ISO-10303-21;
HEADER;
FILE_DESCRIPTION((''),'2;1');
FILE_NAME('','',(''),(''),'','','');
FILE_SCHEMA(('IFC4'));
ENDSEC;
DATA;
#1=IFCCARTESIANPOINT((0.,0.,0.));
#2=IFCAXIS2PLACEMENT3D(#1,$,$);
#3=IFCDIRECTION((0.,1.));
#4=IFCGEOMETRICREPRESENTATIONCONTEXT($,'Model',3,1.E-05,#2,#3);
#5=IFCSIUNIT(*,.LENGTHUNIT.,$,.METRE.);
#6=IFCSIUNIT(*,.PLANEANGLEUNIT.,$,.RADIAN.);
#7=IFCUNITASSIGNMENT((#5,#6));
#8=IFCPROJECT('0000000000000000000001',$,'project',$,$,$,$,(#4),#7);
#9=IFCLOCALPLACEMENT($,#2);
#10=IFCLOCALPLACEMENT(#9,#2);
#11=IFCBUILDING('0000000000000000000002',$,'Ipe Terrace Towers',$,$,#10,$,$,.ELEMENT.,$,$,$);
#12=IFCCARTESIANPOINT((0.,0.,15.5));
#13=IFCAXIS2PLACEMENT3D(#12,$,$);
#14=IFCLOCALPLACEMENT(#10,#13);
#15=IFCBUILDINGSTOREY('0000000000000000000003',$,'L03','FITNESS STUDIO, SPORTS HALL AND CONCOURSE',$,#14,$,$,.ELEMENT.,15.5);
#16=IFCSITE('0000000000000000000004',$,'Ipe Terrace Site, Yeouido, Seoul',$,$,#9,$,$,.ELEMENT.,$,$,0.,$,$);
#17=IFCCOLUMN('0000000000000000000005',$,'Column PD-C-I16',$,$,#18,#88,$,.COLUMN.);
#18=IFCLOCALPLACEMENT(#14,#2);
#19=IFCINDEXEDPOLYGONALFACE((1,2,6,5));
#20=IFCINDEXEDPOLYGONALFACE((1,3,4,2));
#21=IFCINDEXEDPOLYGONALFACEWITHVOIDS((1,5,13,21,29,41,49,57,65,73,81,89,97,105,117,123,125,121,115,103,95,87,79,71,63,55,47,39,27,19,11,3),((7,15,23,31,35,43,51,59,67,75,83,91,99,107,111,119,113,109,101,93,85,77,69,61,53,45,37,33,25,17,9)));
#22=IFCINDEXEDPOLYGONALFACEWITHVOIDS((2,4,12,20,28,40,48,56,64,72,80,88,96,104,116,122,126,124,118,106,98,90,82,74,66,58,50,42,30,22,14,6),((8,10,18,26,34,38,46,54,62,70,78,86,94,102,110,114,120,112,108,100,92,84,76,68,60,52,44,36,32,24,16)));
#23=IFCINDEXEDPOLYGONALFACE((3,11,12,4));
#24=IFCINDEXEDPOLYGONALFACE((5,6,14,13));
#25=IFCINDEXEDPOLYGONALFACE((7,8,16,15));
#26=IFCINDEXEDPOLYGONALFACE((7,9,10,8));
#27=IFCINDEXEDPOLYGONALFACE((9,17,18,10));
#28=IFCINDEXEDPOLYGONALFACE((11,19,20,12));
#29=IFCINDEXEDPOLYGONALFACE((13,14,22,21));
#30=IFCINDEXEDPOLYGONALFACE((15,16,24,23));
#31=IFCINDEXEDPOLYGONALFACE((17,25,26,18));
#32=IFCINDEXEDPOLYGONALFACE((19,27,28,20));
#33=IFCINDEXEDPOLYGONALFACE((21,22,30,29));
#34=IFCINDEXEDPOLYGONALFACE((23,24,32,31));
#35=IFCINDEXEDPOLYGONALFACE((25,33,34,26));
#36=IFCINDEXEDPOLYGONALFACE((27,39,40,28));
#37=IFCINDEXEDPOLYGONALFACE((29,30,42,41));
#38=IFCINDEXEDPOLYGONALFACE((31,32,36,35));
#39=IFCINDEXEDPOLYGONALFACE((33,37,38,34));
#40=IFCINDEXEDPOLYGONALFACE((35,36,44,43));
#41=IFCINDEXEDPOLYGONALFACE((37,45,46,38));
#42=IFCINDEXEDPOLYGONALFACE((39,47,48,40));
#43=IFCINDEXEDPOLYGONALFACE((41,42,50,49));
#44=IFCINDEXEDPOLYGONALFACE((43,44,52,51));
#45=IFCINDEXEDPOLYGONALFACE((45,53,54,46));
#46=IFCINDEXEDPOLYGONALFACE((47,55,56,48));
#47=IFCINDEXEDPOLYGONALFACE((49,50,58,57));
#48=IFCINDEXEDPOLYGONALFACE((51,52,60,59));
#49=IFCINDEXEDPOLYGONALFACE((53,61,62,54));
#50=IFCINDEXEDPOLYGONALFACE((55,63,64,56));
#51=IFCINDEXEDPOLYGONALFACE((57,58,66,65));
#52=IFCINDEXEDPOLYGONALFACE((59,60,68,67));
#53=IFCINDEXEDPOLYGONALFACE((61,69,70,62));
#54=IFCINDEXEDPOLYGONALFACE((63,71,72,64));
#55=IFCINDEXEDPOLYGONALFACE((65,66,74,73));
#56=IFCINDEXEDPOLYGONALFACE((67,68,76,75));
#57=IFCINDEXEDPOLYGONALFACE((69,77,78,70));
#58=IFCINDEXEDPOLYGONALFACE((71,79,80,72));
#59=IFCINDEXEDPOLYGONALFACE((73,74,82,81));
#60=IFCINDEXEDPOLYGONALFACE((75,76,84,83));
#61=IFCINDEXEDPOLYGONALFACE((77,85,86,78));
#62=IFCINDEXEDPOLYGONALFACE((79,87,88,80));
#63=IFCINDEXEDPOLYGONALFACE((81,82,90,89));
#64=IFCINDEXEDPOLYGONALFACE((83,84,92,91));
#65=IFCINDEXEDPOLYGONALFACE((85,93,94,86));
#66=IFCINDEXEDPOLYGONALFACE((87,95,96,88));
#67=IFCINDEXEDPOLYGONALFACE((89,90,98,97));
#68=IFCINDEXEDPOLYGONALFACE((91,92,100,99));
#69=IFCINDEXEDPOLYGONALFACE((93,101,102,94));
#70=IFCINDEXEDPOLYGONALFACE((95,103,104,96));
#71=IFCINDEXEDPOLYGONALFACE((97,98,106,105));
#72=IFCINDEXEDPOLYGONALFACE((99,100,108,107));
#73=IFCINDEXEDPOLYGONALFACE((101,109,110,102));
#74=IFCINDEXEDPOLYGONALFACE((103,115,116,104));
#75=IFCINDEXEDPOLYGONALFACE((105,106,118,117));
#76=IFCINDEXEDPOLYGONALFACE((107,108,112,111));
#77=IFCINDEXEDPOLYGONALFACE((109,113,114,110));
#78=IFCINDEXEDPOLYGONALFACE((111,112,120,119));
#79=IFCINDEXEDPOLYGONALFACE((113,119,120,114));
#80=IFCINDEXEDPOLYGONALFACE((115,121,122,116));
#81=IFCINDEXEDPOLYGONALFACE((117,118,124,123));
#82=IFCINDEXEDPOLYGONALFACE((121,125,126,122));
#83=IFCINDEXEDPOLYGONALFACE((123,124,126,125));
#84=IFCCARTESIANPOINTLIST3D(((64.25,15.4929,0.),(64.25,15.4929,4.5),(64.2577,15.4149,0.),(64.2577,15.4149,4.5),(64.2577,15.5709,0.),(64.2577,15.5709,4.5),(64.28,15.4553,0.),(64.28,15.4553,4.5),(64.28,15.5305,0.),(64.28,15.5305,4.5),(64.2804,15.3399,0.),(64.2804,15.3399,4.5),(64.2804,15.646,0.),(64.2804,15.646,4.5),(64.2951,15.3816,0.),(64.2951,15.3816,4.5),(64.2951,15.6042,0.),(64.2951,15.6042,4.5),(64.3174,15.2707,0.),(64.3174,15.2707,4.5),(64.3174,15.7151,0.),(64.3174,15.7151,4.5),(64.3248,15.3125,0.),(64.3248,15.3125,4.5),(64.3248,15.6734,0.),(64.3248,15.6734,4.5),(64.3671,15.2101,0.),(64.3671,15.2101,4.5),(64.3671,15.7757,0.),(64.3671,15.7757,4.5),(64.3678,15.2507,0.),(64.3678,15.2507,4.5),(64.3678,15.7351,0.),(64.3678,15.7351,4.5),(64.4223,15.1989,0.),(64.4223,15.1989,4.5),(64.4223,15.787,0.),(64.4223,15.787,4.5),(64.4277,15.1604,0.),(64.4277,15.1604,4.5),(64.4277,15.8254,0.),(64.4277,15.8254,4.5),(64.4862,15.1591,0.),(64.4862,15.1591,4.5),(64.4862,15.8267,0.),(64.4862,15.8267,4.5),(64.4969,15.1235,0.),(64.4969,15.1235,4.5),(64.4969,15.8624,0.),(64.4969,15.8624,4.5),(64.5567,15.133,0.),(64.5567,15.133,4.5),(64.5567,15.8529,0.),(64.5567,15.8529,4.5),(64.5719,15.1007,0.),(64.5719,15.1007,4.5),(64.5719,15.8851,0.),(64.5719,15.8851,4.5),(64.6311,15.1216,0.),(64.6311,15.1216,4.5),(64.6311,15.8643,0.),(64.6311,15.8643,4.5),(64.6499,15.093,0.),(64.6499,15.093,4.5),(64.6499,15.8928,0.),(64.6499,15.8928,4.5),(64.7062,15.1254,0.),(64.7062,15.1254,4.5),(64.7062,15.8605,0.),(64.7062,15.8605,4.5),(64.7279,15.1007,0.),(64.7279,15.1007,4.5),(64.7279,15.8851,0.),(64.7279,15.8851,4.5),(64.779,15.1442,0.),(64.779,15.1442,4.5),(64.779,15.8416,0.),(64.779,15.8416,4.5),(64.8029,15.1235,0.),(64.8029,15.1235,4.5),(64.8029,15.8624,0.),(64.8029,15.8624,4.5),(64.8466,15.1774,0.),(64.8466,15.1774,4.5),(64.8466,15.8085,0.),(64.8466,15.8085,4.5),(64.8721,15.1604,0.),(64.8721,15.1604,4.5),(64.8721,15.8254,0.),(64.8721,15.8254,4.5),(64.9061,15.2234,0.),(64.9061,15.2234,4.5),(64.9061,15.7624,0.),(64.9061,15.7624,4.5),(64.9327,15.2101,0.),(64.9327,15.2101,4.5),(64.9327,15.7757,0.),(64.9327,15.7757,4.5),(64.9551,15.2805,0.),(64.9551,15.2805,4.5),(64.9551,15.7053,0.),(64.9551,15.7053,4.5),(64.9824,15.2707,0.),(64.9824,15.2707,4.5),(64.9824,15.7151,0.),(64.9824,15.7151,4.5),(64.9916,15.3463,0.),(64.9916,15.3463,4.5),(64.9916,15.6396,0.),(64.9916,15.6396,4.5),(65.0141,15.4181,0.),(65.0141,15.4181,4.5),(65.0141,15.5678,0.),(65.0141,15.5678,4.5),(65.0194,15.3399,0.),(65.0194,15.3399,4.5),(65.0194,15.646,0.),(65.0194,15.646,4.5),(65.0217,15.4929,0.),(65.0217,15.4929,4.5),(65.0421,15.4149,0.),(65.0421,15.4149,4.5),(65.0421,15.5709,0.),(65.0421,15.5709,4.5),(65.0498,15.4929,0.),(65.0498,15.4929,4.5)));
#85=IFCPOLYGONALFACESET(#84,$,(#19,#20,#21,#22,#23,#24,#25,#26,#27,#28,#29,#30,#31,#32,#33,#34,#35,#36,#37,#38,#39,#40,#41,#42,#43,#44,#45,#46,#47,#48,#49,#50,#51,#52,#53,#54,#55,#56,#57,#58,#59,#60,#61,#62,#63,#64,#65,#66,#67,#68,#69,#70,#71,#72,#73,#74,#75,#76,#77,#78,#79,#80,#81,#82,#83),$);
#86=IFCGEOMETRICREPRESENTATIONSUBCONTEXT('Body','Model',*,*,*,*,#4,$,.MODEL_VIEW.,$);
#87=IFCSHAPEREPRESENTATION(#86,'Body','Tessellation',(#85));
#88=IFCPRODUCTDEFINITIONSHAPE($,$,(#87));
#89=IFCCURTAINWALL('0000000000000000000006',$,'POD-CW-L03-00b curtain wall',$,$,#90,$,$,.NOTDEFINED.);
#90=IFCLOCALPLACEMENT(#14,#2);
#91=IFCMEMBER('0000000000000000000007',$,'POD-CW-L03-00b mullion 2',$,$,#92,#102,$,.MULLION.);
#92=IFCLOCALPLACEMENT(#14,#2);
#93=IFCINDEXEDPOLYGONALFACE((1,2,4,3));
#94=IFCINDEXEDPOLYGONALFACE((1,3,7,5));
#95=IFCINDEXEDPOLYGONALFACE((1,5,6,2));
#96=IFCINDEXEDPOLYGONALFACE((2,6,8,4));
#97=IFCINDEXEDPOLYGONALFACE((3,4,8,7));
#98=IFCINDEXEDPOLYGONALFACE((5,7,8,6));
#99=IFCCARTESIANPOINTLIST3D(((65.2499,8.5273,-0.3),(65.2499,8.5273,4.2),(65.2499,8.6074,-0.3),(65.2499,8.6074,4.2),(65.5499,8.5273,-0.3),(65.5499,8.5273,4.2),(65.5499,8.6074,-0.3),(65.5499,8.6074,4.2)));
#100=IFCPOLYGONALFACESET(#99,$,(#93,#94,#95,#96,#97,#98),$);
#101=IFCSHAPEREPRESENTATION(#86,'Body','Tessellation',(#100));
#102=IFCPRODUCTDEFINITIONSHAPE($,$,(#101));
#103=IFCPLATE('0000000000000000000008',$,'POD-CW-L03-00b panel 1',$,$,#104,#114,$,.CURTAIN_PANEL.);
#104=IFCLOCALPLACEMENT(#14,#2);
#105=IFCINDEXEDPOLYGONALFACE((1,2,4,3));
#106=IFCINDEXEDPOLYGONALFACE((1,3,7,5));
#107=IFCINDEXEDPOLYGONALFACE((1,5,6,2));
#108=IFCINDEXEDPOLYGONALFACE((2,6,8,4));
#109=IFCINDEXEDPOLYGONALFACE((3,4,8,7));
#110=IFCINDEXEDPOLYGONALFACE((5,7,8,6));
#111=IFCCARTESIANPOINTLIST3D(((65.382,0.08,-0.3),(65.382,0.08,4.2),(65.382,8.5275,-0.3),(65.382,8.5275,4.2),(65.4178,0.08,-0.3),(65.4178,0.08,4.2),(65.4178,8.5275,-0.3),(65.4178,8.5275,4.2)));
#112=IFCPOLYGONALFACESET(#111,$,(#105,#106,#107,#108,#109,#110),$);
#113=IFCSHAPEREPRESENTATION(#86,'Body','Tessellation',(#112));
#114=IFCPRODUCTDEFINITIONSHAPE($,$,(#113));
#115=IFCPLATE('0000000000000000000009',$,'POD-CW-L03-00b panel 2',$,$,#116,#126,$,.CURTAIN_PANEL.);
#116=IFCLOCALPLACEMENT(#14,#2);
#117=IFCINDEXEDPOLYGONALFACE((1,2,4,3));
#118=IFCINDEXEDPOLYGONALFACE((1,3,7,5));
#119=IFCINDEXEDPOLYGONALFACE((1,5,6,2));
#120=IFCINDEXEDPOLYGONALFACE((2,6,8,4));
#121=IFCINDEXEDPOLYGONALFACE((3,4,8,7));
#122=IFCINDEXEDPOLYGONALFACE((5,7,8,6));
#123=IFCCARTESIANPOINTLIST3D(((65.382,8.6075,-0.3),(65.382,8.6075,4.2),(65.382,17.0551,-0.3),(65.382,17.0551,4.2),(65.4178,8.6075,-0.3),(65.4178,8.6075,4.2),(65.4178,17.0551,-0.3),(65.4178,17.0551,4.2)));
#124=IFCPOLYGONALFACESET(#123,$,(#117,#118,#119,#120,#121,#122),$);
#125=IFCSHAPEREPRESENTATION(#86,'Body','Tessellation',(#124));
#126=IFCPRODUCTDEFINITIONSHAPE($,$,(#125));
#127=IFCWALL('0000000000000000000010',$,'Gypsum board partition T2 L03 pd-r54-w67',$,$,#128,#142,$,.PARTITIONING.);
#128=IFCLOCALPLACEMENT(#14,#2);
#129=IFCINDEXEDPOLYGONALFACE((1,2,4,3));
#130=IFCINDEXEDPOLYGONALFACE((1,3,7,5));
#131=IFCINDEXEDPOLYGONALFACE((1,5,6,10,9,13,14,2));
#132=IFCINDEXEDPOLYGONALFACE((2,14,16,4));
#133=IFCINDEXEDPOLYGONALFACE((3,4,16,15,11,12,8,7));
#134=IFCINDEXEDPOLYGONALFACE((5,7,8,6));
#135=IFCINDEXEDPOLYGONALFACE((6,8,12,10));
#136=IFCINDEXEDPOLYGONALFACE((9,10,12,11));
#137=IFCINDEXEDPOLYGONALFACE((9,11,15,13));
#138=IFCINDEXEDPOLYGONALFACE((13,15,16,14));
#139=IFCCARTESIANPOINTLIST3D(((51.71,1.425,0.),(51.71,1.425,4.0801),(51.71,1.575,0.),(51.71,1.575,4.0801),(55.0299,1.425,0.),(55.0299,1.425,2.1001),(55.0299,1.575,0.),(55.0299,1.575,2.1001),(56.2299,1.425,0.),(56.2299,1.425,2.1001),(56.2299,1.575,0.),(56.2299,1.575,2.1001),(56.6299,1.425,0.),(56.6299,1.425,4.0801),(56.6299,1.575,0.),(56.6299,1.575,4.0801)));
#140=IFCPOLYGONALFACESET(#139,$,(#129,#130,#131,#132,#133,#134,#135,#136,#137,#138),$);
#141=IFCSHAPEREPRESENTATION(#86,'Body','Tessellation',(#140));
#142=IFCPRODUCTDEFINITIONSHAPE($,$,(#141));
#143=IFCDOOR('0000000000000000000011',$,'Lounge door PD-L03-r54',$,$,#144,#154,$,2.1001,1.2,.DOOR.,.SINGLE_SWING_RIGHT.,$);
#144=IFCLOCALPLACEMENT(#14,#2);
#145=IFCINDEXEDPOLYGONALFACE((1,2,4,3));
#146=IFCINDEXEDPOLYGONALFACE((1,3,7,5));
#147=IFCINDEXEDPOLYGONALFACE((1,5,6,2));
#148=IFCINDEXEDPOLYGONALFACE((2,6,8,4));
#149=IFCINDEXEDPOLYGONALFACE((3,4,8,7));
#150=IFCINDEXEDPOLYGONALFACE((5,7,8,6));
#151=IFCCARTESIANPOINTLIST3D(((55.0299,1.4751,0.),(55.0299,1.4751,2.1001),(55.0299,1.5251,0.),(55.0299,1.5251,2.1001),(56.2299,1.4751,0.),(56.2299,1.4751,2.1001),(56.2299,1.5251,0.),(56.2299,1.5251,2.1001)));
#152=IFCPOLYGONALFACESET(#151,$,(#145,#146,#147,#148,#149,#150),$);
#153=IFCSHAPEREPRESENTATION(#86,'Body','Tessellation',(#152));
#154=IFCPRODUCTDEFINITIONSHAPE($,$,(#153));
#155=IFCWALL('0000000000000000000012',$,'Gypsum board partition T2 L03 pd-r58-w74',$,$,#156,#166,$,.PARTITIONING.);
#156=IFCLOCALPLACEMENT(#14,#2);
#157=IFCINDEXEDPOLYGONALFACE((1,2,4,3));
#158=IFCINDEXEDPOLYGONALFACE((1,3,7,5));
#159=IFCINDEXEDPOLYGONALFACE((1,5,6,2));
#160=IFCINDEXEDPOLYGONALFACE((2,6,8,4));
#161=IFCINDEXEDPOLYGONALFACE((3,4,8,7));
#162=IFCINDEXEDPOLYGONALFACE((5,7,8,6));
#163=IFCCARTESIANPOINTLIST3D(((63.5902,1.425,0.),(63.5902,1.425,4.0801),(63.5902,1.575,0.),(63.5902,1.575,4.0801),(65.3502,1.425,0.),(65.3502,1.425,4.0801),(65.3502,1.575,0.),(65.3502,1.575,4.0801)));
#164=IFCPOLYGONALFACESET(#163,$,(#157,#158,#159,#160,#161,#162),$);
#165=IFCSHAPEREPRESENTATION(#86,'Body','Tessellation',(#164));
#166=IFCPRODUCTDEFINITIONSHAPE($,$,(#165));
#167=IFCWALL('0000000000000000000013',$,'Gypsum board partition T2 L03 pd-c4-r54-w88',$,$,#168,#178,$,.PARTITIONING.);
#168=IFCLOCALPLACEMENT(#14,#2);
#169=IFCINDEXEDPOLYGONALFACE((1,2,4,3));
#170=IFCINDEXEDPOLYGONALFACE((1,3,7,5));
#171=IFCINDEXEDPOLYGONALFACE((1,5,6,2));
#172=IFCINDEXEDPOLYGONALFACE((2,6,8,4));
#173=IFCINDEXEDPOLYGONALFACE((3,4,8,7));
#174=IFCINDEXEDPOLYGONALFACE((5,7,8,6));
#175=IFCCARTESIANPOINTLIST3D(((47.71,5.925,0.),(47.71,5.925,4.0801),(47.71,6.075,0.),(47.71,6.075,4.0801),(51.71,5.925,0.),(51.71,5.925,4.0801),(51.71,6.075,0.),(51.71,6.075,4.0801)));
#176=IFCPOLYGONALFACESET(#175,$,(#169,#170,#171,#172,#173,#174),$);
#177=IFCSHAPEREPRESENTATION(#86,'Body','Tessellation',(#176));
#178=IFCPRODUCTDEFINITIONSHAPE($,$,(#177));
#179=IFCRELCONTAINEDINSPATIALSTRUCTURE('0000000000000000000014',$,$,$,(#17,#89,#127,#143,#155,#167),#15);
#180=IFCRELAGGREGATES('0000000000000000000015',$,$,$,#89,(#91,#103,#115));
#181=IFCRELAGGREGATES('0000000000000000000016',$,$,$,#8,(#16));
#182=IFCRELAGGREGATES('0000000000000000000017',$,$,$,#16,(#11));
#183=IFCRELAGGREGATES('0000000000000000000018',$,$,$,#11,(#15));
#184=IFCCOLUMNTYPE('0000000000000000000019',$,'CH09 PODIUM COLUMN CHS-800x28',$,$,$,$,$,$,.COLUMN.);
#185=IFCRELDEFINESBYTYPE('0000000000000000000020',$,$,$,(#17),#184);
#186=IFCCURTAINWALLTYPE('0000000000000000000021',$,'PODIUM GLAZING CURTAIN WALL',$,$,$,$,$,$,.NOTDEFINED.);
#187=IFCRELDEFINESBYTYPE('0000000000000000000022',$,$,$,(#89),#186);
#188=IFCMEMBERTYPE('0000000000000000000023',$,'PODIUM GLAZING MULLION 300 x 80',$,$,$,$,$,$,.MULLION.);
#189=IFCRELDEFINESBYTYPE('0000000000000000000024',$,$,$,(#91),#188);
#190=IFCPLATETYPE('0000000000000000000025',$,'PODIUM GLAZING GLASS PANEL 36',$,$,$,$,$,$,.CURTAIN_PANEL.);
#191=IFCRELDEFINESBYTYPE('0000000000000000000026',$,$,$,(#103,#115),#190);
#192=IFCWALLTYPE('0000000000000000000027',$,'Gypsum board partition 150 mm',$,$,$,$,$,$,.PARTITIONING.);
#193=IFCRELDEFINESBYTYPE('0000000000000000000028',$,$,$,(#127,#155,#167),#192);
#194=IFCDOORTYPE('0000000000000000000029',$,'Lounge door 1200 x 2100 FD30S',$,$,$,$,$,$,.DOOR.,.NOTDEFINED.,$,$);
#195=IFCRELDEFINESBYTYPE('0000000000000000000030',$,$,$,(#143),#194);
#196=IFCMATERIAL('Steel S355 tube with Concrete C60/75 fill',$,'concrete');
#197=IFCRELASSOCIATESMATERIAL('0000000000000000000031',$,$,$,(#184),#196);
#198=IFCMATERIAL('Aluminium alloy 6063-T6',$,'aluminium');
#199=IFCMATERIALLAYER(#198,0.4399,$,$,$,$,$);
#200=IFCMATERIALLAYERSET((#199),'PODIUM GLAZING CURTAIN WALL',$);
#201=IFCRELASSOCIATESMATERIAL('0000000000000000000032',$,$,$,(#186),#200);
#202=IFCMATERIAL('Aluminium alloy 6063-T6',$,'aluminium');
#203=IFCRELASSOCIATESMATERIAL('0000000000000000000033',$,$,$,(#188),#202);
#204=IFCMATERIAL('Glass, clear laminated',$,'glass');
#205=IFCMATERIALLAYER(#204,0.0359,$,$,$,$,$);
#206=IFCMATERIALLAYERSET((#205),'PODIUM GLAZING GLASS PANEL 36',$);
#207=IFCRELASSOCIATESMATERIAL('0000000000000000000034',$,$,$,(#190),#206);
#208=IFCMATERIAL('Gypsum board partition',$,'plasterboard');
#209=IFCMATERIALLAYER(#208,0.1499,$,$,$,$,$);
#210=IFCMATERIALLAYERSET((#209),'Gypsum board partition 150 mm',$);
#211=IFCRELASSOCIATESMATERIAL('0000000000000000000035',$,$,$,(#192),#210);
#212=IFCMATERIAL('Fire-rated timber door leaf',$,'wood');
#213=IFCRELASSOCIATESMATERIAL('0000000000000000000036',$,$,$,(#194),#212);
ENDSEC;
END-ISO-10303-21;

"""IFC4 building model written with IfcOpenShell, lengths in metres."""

from ifc_helpers import new_model, si_unit, direction, frame, frame_2d, origin, origin_2d, place, context, subcontext, project, spatial, rectangle, hollow_circle, extrude, material, layer, layer_set, material_profile, profile_set, type_object, element, fill, aggregate, save


model = new_model("IFC4")

# Units and contexts
model_context = context("Model", 3, precision=1e-05, world=origin(), true_north=direction((0.0, 1.0)))
body_context = subcontext(model_context, "Body", "Model", "MODEL_VIEW")
ifc_project = project(units=[si_unit("LENGTHUNIT", "METRE"), si_unit("PLANEANGLEUNIT", "RADIAN")], contexts=[model_context])

# Site, building, storey
site_placement = place(None, origin())
site = spatial("IfcSite", under=ifc_project, at=site_placement, Name="Ipe Terrace Site, Yeouido, Seoul", CompositionType="ELEMENT", RefElevation=0.0)
building_placement = place(site_placement, origin())
building = spatial("IfcBuilding", under=site, at=building_placement, Name="Ipe Terrace Towers", CompositionType="ELEMENT")
storey_placement = place(building_placement, frame((0.0, 0.0, 15.5)))
storey = spatial("IfcBuildingStorey", under=building, at=storey_placement, Name="L03", Description="FITNESS STUDIO, SPORTS HALL AND CONCOURSE", CompositionType="ELEMENT", Elevation=15.5)

# Column
ifc_material_1 = material(Name="Steel S355 tube with Concrete C60/75 fill", Category="concrete")
ifc_material_profile_1 = material_profile(ifc_material_1, hollow_circle(Radius=0.3999, WallThickness=0.0281, at=origin_2d()), Name="CHS-800x28")
ifc_profile_set_1 = profile_set([ifc_material_profile_1], Name="Steel S355 tube with Concrete C60/75 fill")
column_type_1 = type_object("IfcColumnType", Name="CH09 PODIUM COLUMN CHS-800x28", PredefinedType="COLUMN", material=ifc_profile_set_1)
for number, where, z_axis, x_axis, name in (
    (1, (64.6499, 15.4929, 0.0), (0.0, 0.0, 1.0), (1.0, 0.0, 0.0), "Column PD-C-I16"),
):
    element("IfcColumn", number, at=place(storey_placement, frame(where, z_axis=z_axis, x_axis=x_axis)), inside=storey, type_object=column_type_1, Name=name, PredefinedType="COLUMN", context=body_context, shape_type="SweptSolid", body=[
        extrude(hollow_circle(Radius=0.3999, WallThickness=0.0281, at=origin_2d()), origin(), (0.0, 0.0, 1.0), 4.5),
    ])

# Curtain wall, member, plates
ifc_material_2 = material(Name="Aluminium alloy 6063-T6", Category="aluminium")
ifc_layer_1 = layer(ifc_material_2, 0.4399)
ifc_layer_set_1 = layer_set([ifc_layer_1], Name="PODIUM GLAZING CURTAIN WALL")
curtain_wall_type = type_object("IfcCurtainWallType", Name="PODIUM GLAZING CURTAIN WALL", PredefinedType="NOTDEFINED", material=ifc_layer_set_1)
curtain_wall_placement = place(storey_placement, origin())
curtain_wall = element("IfcCurtainWall", 2, at=curtain_wall_placement, inside=storey, type_object=curtain_wall_type, Name="POD-CW-L03-00b curtain wall", PredefinedType="NOTDEFINED")
ifc_material_3 = material(Name="Aluminium alloy 6063-T6", Category="aluminium")
ifc_material_profile_2 = material_profile(ifc_material_3, rectangle(XDim=0.3, YDim=0.0801, at=origin_2d()), Name="PODIUM GLAZING MULLION 300 x 80")
ifc_profile_set_2 = profile_set([ifc_material_profile_2], Name="Aluminium alloy 6063-T6")
member_type = type_object("IfcMemberType", Name="PODIUM GLAZING MULLION 300 x 80", PredefinedType="MULLION", material=ifc_profile_set_2)
member_placement = place(storey_placement, frame((65.3999, 8.5674, -0.3), z_axis=(0.0, 0.0, 1.0), x_axis=(1.0, 0.0, 0.0)))
member = element("IfcMember", 3, at=member_placement, type_object=member_type, Name="POD-CW-L03-00b mullion 2", PredefinedType="MULLION", context=body_context, shape_type="SweptSolid", body=[
    extrude(rectangle(XDim=0.3, YDim=0.0801, at=origin_2d()), origin(), (0.0, 0.0, 1.0), 4.5),
])
ifc_material_4 = material(Name="Glass, clear laminated", Category="glass")
ifc_layer_2 = layer(ifc_material_4, 0.0359)
ifc_layer_set_2 = layer_set([ifc_layer_2], Name="PODIUM GLAZING GLASS PANEL 36")
plate_type = type_object("IfcPlateType", Name="PODIUM GLAZING GLASS PANEL 36", PredefinedType="CURTAIN_PANEL", material=ifc_layer_set_2)
plate_1_placement = place(storey_placement, frame((65.3999, 4.3037, -0.3), z_axis=(0.0, 0.0, 1.0), x_axis=(0.0, 1.0, 0.0)))
plate_1 = element("IfcPlate", 4, at=plate_1_placement, type_object=plate_type, Name="POD-CW-L03-00b panel 1", PredefinedType="CURTAIN_PANEL", context=body_context, shape_type="SweptSolid", body=[
    extrude(rectangle(XDim=8.4475, YDim=0.0359, at=origin_2d()), origin(), (0.0, 0.0, 1.0), 4.5),
])
plate_2_placement = place(storey_placement, frame((65.3999, 12.8313, -0.3), z_axis=(0.0, 0.0, 1.0), x_axis=(0.0, 1.0, 0.0)))
plate_2 = element("IfcPlate", 5, at=plate_2_placement, type_object=plate_type, Name="POD-CW-L03-00b panel 2", PredefinedType="CURTAIN_PANEL", context=body_context, shape_type="SweptSolid", body=[
    extrude(rectangle(XDim=8.4475, YDim=0.0359, at=origin_2d()), origin(), (0.0, 0.0, 1.0), 4.5),
])
aggregate(curtain_wall, [member, plate_1, plate_2])

# Wall, opening, door
ifc_material_5 = material(Name="Gypsum board partition", Category="plasterboard")
ifc_layer_3 = layer(ifc_material_5, 0.1499)
ifc_layer_set_3 = layer_set([ifc_layer_3], Name="Gypsum board partition 150 mm")
wall_type_1 = type_object("IfcWallType", Name="Gypsum board partition 150 mm", PredefinedType="PARTITIONING", material=ifc_layer_set_3)
wall_1_placement = place(storey_placement, frame((56.6299, 1.5, 0.0), z_axis=(0.0, 0.0, 1.0), x_axis=(-1.0, 0.0, 0.0)))
wall_1 = element("IfcWall", 6, at=wall_1_placement, inside=storey, type_object=wall_type_1, Name="Gypsum board partition T2 L03 pd-r54-w67", PredefinedType="PARTITIONING", context=body_context, shape_type="SweptSolid", body=[
    extrude(rectangle(XDim=4.9199, YDim=0.1499, at=frame_2d((2.46, 0.0))), origin(), (0.0, 0.0, 1.0), 4.0801),
])
opening_1_placement = place(wall_1_placement, frame((0.3999, 0.0, 0.0)))
opening_1 = element("IfcOpeningElement", 7, at=opening_1_placement, cuts=wall_1, PredefinedType="OPENING", context=body_context, shape_type="SweptSolid", body=[
    extrude(rectangle(XDim=1.2, YDim=2.1001, at=frame_2d((0.6001, 1.05))), frame((0.0, 0.085, 0.0), z_axis=(0.0, -1.0, 0.0), x_axis=(1.0, 0.0, 0.0)), (0.0, 0.0, 1.0), 0.1699),
])
ifc_material_6 = material(Name="Fire-rated timber door leaf", Category="wood")
door_type_1 = type_object("IfcDoorType", Name="Lounge door 1200 x 2100 FD30S", OperationType="NOTDEFINED", PredefinedType="DOOR", material=ifc_material_6)
door_1_placement = place(opening_1_placement, origin())
door_1 = element("IfcDoor", 8, at=door_1_placement, inside=storey, type_object=door_type_1, Name="Lounge door PD-L03-r54", OperationType="SINGLE_SWING_RIGHT", OverallHeight=2.1001, OverallWidth=1.2, PredefinedType="DOOR", context=body_context, shape_type="SweptSolid", body=[
    extrude(rectangle(XDim=1.2, YDim=2.1001, at=frame_2d((0.6001, 1.05))), frame((0.0, 0.0249, 0.0), z_axis=(0.0, -1.0, 0.0), x_axis=(1.0, 0.0, 0.0)), (0.0, 0.0, 1.0), 0.05),
])
fill(opening_1, door_1)

# Walls
wall_2_placement = place(storey_placement, frame((65.3501, 1.5, 0.0), z_axis=(0.0, 0.0, 1.0), x_axis=(-1.0, 0.0, 0.0)))
element("IfcWall", 9, at=wall_2_placement, inside=storey, type_object=wall_type_1, Name="Gypsum board partition T2 L03 pd-r58-w74", PredefinedType="PARTITIONING", context=body_context, shape_type="SweptSolid", body=[
    extrude(rectangle(XDim=1.76, YDim=0.1499, at=frame_2d((0.8799, 0.0))), origin(), (0.0, 0.0, 1.0), 4.0801),
])
wall_3_placement = place(storey_placement, frame((51.71, 6.0, 0.0), z_axis=(0.0, 0.0, 1.0), x_axis=(-1.0, 0.0, 0.0)))
element("IfcWall", 10, at=wall_3_placement, inside=storey, type_object=wall_type_1, Name="Gypsum board partition T2 L03 pd-c4-r54-w88", PredefinedType="PARTITIONING", context=body_context, shape_type="SweptSolid", body=[
    extrude(rectangle(XDim=4.0, YDim=0.1499, at=frame_2d((2.0, 0.0))), origin(), (0.0, 0.0, 1.0), 4.0801),
])

save(model, "model.ifc")
